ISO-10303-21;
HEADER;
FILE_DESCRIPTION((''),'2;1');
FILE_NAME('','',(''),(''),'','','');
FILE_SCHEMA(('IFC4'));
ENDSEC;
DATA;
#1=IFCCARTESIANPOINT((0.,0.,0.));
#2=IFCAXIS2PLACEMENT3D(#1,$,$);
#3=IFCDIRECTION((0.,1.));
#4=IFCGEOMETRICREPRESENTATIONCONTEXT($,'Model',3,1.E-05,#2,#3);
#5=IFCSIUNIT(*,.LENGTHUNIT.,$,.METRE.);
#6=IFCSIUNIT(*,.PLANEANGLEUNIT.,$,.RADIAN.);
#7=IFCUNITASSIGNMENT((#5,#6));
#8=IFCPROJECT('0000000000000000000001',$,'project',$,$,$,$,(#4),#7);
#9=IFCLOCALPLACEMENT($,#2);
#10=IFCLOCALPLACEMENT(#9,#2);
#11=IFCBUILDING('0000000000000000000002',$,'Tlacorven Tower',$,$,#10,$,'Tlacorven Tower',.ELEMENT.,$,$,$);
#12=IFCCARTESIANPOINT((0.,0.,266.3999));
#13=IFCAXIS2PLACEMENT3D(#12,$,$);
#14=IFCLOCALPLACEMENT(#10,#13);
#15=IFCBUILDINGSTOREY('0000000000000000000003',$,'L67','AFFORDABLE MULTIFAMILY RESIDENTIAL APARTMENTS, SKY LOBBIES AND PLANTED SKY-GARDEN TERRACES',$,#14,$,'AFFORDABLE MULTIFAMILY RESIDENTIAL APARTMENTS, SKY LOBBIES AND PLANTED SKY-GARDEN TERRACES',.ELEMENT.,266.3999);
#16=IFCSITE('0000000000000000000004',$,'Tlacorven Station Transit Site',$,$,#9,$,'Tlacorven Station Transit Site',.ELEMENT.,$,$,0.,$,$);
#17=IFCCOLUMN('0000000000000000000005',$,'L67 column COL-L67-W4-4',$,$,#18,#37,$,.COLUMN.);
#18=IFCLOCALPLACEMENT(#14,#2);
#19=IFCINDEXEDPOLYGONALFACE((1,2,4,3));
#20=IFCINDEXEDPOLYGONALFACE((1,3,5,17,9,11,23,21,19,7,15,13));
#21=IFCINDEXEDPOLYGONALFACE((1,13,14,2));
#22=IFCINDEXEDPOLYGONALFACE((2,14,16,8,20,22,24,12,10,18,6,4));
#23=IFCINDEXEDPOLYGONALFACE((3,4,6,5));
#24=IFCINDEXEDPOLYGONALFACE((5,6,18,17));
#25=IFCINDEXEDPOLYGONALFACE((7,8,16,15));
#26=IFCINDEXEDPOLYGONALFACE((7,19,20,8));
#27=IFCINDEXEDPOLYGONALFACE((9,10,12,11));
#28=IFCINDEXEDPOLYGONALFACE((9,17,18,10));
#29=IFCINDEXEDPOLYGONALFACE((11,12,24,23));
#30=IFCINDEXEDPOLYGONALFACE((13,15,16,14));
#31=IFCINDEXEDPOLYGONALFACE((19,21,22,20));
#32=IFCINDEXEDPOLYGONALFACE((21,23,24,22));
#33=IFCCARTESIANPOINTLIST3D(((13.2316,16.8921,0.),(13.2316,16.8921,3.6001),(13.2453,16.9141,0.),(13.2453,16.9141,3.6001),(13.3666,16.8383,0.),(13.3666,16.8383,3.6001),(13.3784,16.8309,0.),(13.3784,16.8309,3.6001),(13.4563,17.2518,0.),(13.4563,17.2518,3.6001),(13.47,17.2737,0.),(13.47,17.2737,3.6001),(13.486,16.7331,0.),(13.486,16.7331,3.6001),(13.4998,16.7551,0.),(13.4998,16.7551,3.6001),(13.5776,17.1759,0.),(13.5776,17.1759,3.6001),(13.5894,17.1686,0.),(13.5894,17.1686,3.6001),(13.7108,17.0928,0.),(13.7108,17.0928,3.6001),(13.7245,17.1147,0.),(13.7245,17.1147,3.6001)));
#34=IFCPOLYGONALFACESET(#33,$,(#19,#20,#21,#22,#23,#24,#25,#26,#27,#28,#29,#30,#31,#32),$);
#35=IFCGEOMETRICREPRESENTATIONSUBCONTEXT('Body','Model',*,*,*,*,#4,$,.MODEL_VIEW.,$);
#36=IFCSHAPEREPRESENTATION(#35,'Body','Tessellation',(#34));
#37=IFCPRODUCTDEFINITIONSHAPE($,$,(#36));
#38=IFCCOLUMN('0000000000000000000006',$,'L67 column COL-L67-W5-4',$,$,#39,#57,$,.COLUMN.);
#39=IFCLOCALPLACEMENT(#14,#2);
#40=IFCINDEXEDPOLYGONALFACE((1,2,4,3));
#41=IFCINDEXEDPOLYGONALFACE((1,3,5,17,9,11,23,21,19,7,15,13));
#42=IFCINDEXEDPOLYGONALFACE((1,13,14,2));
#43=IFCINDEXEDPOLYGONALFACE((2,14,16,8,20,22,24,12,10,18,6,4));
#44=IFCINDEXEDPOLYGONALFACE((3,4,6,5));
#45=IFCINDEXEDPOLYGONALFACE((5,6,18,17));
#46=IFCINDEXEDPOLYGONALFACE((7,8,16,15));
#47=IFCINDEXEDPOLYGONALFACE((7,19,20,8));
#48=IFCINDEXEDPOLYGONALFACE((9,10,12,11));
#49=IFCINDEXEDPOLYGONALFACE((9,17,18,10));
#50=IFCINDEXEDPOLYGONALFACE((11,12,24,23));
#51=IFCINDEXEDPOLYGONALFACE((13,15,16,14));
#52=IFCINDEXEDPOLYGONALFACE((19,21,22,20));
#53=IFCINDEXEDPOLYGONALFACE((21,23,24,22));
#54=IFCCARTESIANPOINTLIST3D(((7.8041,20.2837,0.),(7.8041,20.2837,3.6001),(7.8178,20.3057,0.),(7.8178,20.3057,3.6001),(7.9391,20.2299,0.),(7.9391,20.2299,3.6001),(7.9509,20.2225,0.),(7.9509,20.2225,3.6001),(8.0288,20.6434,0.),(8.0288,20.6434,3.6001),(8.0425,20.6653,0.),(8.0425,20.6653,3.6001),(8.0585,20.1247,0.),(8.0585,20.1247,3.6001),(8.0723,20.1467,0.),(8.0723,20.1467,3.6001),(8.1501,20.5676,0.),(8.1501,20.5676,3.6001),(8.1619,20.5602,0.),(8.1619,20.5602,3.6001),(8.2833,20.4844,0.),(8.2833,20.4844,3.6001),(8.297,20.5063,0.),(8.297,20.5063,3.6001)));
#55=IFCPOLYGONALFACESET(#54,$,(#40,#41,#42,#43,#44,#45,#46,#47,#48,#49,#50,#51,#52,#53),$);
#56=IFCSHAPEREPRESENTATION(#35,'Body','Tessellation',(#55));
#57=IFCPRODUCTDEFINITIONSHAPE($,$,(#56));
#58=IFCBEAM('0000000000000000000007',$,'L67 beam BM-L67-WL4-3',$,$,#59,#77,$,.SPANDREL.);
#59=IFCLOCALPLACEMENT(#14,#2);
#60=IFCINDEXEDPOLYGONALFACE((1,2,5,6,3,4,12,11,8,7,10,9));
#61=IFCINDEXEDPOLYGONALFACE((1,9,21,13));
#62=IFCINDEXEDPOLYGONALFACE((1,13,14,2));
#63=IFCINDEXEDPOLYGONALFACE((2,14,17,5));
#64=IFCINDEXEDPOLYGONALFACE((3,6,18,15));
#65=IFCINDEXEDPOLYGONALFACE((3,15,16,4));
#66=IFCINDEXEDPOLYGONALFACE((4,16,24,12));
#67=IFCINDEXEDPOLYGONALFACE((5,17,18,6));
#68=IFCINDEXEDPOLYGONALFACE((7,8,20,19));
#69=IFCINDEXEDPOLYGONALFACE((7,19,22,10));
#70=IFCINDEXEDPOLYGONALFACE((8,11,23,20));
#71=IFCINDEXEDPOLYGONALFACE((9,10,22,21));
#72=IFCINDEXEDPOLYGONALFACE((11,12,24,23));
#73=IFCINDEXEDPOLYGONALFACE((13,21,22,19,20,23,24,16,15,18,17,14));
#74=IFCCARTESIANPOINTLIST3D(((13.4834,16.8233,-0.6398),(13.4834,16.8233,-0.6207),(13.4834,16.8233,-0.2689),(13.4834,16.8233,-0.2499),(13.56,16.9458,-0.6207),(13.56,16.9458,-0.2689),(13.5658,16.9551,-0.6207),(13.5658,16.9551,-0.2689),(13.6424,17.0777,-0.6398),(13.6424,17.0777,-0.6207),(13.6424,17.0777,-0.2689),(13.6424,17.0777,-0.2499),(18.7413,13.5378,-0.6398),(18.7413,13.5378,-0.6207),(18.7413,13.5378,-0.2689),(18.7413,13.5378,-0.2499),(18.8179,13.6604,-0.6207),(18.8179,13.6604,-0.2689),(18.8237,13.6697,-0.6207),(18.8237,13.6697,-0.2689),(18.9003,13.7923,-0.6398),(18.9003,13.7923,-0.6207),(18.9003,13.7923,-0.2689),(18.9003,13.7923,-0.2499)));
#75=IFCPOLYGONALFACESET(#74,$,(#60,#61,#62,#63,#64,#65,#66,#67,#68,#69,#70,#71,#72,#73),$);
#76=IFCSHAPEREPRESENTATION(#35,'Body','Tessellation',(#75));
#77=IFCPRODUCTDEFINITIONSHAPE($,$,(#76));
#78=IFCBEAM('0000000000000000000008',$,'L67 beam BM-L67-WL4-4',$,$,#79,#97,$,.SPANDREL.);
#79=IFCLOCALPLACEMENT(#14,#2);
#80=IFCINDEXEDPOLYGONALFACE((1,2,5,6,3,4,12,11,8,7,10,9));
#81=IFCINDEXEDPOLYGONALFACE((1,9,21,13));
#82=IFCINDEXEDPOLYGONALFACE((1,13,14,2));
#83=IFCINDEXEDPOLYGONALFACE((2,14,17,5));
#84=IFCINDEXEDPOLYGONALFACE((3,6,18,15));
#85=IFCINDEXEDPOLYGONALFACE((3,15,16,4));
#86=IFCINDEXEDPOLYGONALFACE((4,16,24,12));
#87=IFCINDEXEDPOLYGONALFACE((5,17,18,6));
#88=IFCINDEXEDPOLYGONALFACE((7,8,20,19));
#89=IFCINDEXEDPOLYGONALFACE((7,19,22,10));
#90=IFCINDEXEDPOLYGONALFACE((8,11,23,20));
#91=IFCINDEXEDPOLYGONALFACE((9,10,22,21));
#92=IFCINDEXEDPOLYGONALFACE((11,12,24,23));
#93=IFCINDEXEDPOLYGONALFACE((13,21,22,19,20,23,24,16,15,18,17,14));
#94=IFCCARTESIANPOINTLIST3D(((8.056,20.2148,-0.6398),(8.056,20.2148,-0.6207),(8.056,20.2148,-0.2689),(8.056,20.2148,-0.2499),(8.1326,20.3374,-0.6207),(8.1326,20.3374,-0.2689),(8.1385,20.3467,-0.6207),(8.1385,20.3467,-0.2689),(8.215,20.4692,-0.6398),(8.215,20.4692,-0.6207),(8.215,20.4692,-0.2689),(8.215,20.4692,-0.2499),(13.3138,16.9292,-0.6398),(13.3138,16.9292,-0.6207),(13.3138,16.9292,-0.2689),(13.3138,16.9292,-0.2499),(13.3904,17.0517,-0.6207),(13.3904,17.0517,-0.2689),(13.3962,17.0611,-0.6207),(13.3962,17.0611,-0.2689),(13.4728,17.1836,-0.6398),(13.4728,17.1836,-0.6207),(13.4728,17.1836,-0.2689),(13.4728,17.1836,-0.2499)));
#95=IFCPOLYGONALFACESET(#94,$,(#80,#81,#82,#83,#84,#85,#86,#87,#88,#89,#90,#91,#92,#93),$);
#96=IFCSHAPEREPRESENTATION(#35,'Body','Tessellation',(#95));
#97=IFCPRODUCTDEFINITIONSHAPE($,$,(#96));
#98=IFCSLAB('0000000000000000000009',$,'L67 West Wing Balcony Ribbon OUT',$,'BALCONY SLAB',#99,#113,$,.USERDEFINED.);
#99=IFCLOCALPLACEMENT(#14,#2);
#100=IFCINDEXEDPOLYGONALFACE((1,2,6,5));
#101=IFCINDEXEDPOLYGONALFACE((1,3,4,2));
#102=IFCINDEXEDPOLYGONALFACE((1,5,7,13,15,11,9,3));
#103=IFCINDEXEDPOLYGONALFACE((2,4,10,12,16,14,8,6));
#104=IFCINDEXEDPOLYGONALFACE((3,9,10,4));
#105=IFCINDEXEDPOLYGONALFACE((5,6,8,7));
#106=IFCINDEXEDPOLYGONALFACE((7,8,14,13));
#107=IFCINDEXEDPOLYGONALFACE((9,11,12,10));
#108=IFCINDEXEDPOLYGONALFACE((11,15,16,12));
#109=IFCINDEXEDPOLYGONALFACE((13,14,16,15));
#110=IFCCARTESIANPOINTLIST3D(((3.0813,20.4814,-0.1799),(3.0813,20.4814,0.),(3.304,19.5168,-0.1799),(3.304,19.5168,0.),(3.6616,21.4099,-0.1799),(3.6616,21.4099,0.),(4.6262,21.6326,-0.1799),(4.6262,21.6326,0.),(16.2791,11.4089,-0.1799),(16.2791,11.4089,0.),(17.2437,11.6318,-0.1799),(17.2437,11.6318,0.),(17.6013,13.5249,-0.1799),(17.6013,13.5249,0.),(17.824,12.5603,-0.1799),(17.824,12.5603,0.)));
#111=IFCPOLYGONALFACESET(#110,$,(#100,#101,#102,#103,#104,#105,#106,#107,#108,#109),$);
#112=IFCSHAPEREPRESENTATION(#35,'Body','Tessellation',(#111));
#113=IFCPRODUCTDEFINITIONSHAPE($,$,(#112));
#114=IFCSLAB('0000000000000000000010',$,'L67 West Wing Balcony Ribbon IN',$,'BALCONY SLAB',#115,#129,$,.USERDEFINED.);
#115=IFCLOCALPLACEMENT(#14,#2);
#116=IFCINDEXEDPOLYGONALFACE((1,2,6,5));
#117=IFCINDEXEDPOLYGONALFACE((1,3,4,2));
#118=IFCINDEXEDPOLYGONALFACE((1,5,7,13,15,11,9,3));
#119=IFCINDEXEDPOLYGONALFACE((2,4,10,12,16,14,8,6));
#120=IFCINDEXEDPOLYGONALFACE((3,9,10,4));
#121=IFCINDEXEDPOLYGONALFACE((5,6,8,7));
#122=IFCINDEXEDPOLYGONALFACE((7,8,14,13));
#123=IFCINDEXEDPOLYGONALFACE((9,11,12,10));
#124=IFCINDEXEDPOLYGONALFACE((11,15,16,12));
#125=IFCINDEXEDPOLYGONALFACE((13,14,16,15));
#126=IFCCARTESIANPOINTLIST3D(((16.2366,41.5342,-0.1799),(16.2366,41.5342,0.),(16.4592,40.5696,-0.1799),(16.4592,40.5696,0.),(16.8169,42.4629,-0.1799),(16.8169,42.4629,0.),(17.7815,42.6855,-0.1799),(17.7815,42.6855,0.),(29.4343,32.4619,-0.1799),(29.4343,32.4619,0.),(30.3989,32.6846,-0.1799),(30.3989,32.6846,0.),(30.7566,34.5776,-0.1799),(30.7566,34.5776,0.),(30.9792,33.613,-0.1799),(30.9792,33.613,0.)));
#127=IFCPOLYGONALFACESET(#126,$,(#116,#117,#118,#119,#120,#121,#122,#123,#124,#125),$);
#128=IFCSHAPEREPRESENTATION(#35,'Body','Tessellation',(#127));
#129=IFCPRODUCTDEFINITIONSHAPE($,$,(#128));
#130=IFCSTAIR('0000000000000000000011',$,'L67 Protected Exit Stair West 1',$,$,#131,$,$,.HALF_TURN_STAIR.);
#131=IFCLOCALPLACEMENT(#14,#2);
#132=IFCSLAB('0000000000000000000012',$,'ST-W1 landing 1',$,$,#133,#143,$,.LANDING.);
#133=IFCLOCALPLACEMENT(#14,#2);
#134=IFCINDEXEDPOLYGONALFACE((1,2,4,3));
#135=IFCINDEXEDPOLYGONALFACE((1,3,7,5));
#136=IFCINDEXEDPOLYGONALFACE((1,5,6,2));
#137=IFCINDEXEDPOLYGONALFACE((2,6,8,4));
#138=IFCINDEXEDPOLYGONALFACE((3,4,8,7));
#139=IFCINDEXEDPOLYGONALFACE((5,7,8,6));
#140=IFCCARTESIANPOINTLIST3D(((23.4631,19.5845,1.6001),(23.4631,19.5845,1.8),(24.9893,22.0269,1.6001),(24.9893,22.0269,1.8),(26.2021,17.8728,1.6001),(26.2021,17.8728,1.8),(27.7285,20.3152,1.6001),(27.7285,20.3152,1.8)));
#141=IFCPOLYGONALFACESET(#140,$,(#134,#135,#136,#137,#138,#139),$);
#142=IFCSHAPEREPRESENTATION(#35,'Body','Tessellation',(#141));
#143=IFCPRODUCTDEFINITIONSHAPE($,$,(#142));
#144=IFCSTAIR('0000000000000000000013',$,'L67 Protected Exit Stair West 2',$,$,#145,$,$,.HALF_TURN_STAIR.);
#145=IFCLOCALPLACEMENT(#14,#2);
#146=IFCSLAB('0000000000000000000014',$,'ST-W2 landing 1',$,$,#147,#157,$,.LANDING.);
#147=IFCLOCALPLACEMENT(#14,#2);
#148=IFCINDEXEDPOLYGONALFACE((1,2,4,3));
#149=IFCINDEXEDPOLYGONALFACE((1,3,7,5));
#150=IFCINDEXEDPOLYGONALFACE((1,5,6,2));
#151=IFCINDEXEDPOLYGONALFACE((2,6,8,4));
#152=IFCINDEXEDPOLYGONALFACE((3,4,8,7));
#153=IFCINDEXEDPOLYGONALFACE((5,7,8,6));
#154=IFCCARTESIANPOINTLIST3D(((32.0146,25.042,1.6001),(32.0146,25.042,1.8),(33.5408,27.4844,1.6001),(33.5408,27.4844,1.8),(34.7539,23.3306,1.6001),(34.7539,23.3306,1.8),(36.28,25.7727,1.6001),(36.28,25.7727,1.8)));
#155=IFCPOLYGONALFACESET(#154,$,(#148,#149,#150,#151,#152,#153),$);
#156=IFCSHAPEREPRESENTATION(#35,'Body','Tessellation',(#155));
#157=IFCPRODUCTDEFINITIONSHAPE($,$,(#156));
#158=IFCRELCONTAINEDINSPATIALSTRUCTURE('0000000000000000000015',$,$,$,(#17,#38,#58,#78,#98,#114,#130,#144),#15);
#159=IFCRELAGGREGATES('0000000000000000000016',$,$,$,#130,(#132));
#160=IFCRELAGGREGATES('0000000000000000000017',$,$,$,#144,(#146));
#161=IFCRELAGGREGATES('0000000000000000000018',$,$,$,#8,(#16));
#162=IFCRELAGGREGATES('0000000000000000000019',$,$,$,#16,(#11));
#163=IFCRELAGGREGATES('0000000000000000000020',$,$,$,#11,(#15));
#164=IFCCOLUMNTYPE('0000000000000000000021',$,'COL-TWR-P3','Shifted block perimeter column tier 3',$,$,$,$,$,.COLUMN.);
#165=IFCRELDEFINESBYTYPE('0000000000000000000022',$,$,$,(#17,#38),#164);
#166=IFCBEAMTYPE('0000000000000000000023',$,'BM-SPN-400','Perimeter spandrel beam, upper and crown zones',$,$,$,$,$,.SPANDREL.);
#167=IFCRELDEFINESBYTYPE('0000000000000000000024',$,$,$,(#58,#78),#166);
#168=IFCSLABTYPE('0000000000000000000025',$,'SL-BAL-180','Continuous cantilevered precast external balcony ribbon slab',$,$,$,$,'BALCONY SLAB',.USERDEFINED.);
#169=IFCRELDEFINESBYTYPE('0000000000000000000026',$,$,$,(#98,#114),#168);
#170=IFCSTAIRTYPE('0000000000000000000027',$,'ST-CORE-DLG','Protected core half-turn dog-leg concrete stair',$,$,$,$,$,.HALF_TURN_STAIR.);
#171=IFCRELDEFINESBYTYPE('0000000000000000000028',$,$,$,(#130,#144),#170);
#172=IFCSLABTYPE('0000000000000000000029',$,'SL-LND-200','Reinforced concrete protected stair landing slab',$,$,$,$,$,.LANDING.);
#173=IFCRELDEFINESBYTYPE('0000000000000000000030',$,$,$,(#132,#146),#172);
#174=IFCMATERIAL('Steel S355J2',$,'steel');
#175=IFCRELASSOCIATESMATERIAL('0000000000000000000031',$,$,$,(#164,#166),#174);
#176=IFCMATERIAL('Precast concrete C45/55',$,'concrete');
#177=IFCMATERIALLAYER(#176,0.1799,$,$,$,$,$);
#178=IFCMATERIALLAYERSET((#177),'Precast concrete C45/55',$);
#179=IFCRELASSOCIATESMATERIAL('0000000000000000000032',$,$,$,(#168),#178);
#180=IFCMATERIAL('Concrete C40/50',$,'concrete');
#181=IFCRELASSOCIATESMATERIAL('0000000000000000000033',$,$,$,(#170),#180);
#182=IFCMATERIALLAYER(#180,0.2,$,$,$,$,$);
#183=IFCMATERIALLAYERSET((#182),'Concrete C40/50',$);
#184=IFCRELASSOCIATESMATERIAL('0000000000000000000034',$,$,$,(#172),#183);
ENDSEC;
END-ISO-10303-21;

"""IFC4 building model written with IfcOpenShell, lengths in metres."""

from ifc_helpers import new_model, si_unit, direction, frame, origin, origin_2d, place, context, subcontext, project, spatial, polyline, i_section, outline, extrude, source, transform, mapped, material, layer, layer_set, material_profile, profile_set, type_object, element, aggregate, save


model = new_model("IFC4")

# Units and contexts
model_context = context("Model", 3, precision=1e-05, world=origin(), true_north=direction((0.0, 1.0)))
body_context = subcontext(model_context, "Body", "Model", "MODEL_VIEW")
ifc_project = project(units=[si_unit("LENGTHUNIT", "METRE"), si_unit("PLANEANGLEUNIT", "RADIAN")], contexts=[model_context])

# Site, building, storey
site_placement = place(None, origin())
site = spatial("IfcSite", under=ifc_project, at=site_placement, Name="Tlacorven Station Transit Site", LongName="Tlacorven Station Transit Site", CompositionType="ELEMENT", RefElevation=0.0)
building_placement = place(site_placement, origin())
building = spatial("IfcBuilding", under=site, at=building_placement, Name="Tlacorven Tower", LongName="Tlacorven Tower", CompositionType="ELEMENT")
storey_placement = place(building_placement, frame((0.0, 0.0, 266.3999)))
storey = spatial("IfcBuildingStorey", under=building, at=storey_placement, Name="L67", Description="AFFORDABLE MULTIFAMILY RESIDENTIAL APARTMENTS, SKY LOBBIES AND PLANTED SKY-GARDEN TERRACES", LongName="AFFORDABLE MULTIFAMILY RESIDENTIAL APARTMENTS, SKY LOBBIES AND PLANTED SKY-GARDEN TERRACES", CompositionType="ELEMENT", Elevation=266.3999)

# Columns
ifc_material_1 = material(Name="Steel S355J2", Category="steel")
ifc_material_profile_1 = material_profile(ifc_material_1, i_section(OverallWidth=0.3, OverallDepth=0.45, WebThickness=0.0139, FlangeThickness=0.0259, at=origin_2d()), Name="HEB 450")
ifc_profile_set_1 = profile_set([ifc_material_profile_1], Name="Steel S355J2")
column_type = type_object("IfcColumnType", Name="COL-TWR-P3", Description="Shifted block perimeter column tier 3", PredefinedType="COLUMN", material=ifc_profile_set_1)
shared_shape_1 = source(origin(), body_context, "Body", "SweptSolid", [
    extrude(i_section(OverallWidth=0.3, OverallDepth=0.45, WebThickness=0.0139, FlangeThickness=0.0259, at=origin_2d()), origin(), (0.0, 0.0, 1.0), 3.6001),
])
for number, where, z_axis, x_axis, name in (
    (1, (13.478, 17.0034, 0.0), (0.0, 0.0, 1.0), (-0.848048, 0.529919, 0.0), "L67 column COL-L67-W4-4"),
    (2, (8.0505, 20.395, 0.0), (0.0, 0.0, 1.0), (-0.848048, 0.529919, 0.0), "L67 column COL-L67-W5-4"),
):
    element("IfcColumn", number, at=place(storey_placement, frame(where, z_axis=z_axis, x_axis=x_axis)), inside=storey, type_object=column_type, Name=name, PredefinedType="COLUMN", context=body_context, shape_type="MappedRepresentation", body=[
        mapped(shared_shape_1, transform((0.0, 0.0, 0.0), scale=1.0)),
    ])

# Beams
ifc_material_profile_2 = material_profile(ifc_material_1, i_section(OverallWidth=0.3, OverallDepth=0.3899, WebThickness=0.011, FlangeThickness=0.019, at=origin_2d()), Name="HEA 400")
ifc_profile_set_2 = profile_set([ifc_material_profile_2], Name="Steel S355J2")
beam_type = type_object("IfcBeamType", Name="BM-SPN-400", Description="Perimeter spandrel beam, upper and crown zones", PredefinedType="SPANDREL", material=ifc_profile_set_2)
shared_shape_2 = source(origin(), body_context, "Body", "SweptSolid", [
    extrude(i_section(OverallWidth=0.3, OverallDepth=0.3899, WebThickness=0.011, FlangeThickness=0.019, at=origin_2d()), origin(), (0.0, 0.0, 1.0), 6.2),
])
for number, where, z_axis, x_axis, name in (
    (3, (18.8208, 13.665, -0.4448), (-0.848051, 0.529914, 0.0), (-0.529914, -0.848051, 0.0), "L67 beam BM-L67-WL4-3"),
    (4, (13.3933, 17.0564, -0.4448), (-0.848034, 0.529942, 0.0), (-0.529942, -0.848034, 0.0), "L67 beam BM-L67-WL4-4"),
):
    element("IfcBeam", number, at=place(storey_placement, frame(where, z_axis=z_axis, x_axis=x_axis)), inside=storey, type_object=beam_type, Name=name, PredefinedType="SPANDREL", context=body_context, shape_type="MappedRepresentation", body=[
        mapped(shared_shape_2, transform((0.0, 0.0, 0.0), scale=1.0)),
    ])

# Slabs
ifc_material_2 = material(Name="Precast concrete C45/55", Category="concrete")
ifc_layer_1 = layer(ifc_material_2, 0.1799)
ifc_layer_set_1 = layer_set([ifc_layer_1], Name="Precast concrete C45/55")
slab_type_1 = type_object("IfcSlabType", Name="SL-BAL-180", Description="Continuous cantilevered precast external balcony ribbon slab", ElementType="BALCONY SLAB", PredefinedType="USERDEFINED", material=ifc_layer_set_1)
slab_1_placement = place(storey_placement, frame((0.0, 0.0, -0.1799)))
element("IfcSlab", 5, at=slab_1_placement, inside=storey, type_object=slab_type_1, Name="L67 West Wing Balcony Ribbon OUT", ObjectType="BALCONY SLAB", PredefinedType="USERDEFINED", context=body_context, shape_type="SweptSolid", body=[
    extrude(outline(polyline([(17.6013, 13.5249), (4.6262, 21.6326), (3.6616, 21.4099), (3.0813, 20.4814), (3.304, 19.5168), (16.2791, 11.4089), (17.2437, 11.6318), (17.824, 12.5603), (17.6013, 13.5249)])), origin(), (0.0, 0.0, 1.0), 0.1799),
])
slab_2_placement = place(storey_placement, frame((0.0, 0.0, -0.1799)))
element("IfcSlab", 6, at=slab_2_placement, inside=storey, type_object=slab_type_1, Name="L67 West Wing Balcony Ribbon IN", ObjectType="BALCONY SLAB", PredefinedType="USERDEFINED", context=body_context, shape_type="SweptSolid", body=[
    extrude(outline(polyline([(30.7566, 34.5776), (17.7815, 42.6855), (16.8169, 42.4629), (16.2366, 41.5342), (16.4592, 40.5696), (29.4343, 32.4619), (30.3989, 32.6846), (30.9792, 33.613), (30.7566, 34.5776)])), origin(), (0.0, 0.0, 1.0), 0.1799),
])

# Stairs, slabs
ifc_material_3 = material(Name="Concrete C40/50", Category="concrete")
stair_type = type_object("IfcStairType", Name="ST-CORE-DLG", Description="Protected core half-turn dog-leg concrete stair", PredefinedType="HALF_TURN_STAIR", material=ifc_material_3)
stair_1_placement = place(storey_placement, origin())
stair_1 = element("IfcStair", 7, at=stair_1_placement, inside=storey, type_object=stair_type, Name="L67 Protected Exit Stair West 1", PredefinedType="HALF_TURN_STAIR")
ifc_layer_2 = layer(ifc_material_3, 0.2)
ifc_layer_set_2 = layer_set([ifc_layer_2], Name="Concrete C40/50")
slab_type_2 = type_object("IfcSlabType", Name="SL-LND-200", Description="Reinforced concrete protected stair landing slab", PredefinedType="LANDING", material=ifc_layer_set_2)
slab_3_placement = place(storey_placement, frame((0.0, 0.0, 1.6001)))
slab_3 = element("IfcSlab", 8, at=slab_3_placement, type_object=slab_type_2, Name="ST-W1 landing 1", PredefinedType="LANDING", context=body_context, shape_type="SweptSolid", body=[
    extrude(outline(polyline([(27.7285, 20.3152), (24.9893, 22.0269), (23.4631, 19.5845), (26.2021, 17.8728), (27.7285, 20.3152)])), origin(), (0.0, 0.0, 1.0), 0.2),
])
aggregate(stair_1, [slab_3])
stair_2_placement = place(storey_placement, origin())
stair_2 = element("IfcStair", 9, at=stair_2_placement, inside=storey, type_object=stair_type, Name="L67 Protected Exit Stair West 2", PredefinedType="HALF_TURN_STAIR")
slab_4_placement = place(storey_placement, frame((0.0, 0.0, 1.6001)))
slab_4 = element("IfcSlab", 10, at=slab_4_placement, type_object=slab_type_2, Name="ST-W2 landing 1", PredefinedType="LANDING", context=body_context, shape_type="SweptSolid", body=[
    extrude(outline(polyline([(36.28, 25.7727), (33.5408, 27.4844), (32.0146, 25.042), (34.7539, 23.3306), (36.28, 25.7727)])), origin(), (0.0, 0.0, 1.0), 0.2),
])
aggregate(stair_2, [slab_4])

save(model, "model.ifc")
